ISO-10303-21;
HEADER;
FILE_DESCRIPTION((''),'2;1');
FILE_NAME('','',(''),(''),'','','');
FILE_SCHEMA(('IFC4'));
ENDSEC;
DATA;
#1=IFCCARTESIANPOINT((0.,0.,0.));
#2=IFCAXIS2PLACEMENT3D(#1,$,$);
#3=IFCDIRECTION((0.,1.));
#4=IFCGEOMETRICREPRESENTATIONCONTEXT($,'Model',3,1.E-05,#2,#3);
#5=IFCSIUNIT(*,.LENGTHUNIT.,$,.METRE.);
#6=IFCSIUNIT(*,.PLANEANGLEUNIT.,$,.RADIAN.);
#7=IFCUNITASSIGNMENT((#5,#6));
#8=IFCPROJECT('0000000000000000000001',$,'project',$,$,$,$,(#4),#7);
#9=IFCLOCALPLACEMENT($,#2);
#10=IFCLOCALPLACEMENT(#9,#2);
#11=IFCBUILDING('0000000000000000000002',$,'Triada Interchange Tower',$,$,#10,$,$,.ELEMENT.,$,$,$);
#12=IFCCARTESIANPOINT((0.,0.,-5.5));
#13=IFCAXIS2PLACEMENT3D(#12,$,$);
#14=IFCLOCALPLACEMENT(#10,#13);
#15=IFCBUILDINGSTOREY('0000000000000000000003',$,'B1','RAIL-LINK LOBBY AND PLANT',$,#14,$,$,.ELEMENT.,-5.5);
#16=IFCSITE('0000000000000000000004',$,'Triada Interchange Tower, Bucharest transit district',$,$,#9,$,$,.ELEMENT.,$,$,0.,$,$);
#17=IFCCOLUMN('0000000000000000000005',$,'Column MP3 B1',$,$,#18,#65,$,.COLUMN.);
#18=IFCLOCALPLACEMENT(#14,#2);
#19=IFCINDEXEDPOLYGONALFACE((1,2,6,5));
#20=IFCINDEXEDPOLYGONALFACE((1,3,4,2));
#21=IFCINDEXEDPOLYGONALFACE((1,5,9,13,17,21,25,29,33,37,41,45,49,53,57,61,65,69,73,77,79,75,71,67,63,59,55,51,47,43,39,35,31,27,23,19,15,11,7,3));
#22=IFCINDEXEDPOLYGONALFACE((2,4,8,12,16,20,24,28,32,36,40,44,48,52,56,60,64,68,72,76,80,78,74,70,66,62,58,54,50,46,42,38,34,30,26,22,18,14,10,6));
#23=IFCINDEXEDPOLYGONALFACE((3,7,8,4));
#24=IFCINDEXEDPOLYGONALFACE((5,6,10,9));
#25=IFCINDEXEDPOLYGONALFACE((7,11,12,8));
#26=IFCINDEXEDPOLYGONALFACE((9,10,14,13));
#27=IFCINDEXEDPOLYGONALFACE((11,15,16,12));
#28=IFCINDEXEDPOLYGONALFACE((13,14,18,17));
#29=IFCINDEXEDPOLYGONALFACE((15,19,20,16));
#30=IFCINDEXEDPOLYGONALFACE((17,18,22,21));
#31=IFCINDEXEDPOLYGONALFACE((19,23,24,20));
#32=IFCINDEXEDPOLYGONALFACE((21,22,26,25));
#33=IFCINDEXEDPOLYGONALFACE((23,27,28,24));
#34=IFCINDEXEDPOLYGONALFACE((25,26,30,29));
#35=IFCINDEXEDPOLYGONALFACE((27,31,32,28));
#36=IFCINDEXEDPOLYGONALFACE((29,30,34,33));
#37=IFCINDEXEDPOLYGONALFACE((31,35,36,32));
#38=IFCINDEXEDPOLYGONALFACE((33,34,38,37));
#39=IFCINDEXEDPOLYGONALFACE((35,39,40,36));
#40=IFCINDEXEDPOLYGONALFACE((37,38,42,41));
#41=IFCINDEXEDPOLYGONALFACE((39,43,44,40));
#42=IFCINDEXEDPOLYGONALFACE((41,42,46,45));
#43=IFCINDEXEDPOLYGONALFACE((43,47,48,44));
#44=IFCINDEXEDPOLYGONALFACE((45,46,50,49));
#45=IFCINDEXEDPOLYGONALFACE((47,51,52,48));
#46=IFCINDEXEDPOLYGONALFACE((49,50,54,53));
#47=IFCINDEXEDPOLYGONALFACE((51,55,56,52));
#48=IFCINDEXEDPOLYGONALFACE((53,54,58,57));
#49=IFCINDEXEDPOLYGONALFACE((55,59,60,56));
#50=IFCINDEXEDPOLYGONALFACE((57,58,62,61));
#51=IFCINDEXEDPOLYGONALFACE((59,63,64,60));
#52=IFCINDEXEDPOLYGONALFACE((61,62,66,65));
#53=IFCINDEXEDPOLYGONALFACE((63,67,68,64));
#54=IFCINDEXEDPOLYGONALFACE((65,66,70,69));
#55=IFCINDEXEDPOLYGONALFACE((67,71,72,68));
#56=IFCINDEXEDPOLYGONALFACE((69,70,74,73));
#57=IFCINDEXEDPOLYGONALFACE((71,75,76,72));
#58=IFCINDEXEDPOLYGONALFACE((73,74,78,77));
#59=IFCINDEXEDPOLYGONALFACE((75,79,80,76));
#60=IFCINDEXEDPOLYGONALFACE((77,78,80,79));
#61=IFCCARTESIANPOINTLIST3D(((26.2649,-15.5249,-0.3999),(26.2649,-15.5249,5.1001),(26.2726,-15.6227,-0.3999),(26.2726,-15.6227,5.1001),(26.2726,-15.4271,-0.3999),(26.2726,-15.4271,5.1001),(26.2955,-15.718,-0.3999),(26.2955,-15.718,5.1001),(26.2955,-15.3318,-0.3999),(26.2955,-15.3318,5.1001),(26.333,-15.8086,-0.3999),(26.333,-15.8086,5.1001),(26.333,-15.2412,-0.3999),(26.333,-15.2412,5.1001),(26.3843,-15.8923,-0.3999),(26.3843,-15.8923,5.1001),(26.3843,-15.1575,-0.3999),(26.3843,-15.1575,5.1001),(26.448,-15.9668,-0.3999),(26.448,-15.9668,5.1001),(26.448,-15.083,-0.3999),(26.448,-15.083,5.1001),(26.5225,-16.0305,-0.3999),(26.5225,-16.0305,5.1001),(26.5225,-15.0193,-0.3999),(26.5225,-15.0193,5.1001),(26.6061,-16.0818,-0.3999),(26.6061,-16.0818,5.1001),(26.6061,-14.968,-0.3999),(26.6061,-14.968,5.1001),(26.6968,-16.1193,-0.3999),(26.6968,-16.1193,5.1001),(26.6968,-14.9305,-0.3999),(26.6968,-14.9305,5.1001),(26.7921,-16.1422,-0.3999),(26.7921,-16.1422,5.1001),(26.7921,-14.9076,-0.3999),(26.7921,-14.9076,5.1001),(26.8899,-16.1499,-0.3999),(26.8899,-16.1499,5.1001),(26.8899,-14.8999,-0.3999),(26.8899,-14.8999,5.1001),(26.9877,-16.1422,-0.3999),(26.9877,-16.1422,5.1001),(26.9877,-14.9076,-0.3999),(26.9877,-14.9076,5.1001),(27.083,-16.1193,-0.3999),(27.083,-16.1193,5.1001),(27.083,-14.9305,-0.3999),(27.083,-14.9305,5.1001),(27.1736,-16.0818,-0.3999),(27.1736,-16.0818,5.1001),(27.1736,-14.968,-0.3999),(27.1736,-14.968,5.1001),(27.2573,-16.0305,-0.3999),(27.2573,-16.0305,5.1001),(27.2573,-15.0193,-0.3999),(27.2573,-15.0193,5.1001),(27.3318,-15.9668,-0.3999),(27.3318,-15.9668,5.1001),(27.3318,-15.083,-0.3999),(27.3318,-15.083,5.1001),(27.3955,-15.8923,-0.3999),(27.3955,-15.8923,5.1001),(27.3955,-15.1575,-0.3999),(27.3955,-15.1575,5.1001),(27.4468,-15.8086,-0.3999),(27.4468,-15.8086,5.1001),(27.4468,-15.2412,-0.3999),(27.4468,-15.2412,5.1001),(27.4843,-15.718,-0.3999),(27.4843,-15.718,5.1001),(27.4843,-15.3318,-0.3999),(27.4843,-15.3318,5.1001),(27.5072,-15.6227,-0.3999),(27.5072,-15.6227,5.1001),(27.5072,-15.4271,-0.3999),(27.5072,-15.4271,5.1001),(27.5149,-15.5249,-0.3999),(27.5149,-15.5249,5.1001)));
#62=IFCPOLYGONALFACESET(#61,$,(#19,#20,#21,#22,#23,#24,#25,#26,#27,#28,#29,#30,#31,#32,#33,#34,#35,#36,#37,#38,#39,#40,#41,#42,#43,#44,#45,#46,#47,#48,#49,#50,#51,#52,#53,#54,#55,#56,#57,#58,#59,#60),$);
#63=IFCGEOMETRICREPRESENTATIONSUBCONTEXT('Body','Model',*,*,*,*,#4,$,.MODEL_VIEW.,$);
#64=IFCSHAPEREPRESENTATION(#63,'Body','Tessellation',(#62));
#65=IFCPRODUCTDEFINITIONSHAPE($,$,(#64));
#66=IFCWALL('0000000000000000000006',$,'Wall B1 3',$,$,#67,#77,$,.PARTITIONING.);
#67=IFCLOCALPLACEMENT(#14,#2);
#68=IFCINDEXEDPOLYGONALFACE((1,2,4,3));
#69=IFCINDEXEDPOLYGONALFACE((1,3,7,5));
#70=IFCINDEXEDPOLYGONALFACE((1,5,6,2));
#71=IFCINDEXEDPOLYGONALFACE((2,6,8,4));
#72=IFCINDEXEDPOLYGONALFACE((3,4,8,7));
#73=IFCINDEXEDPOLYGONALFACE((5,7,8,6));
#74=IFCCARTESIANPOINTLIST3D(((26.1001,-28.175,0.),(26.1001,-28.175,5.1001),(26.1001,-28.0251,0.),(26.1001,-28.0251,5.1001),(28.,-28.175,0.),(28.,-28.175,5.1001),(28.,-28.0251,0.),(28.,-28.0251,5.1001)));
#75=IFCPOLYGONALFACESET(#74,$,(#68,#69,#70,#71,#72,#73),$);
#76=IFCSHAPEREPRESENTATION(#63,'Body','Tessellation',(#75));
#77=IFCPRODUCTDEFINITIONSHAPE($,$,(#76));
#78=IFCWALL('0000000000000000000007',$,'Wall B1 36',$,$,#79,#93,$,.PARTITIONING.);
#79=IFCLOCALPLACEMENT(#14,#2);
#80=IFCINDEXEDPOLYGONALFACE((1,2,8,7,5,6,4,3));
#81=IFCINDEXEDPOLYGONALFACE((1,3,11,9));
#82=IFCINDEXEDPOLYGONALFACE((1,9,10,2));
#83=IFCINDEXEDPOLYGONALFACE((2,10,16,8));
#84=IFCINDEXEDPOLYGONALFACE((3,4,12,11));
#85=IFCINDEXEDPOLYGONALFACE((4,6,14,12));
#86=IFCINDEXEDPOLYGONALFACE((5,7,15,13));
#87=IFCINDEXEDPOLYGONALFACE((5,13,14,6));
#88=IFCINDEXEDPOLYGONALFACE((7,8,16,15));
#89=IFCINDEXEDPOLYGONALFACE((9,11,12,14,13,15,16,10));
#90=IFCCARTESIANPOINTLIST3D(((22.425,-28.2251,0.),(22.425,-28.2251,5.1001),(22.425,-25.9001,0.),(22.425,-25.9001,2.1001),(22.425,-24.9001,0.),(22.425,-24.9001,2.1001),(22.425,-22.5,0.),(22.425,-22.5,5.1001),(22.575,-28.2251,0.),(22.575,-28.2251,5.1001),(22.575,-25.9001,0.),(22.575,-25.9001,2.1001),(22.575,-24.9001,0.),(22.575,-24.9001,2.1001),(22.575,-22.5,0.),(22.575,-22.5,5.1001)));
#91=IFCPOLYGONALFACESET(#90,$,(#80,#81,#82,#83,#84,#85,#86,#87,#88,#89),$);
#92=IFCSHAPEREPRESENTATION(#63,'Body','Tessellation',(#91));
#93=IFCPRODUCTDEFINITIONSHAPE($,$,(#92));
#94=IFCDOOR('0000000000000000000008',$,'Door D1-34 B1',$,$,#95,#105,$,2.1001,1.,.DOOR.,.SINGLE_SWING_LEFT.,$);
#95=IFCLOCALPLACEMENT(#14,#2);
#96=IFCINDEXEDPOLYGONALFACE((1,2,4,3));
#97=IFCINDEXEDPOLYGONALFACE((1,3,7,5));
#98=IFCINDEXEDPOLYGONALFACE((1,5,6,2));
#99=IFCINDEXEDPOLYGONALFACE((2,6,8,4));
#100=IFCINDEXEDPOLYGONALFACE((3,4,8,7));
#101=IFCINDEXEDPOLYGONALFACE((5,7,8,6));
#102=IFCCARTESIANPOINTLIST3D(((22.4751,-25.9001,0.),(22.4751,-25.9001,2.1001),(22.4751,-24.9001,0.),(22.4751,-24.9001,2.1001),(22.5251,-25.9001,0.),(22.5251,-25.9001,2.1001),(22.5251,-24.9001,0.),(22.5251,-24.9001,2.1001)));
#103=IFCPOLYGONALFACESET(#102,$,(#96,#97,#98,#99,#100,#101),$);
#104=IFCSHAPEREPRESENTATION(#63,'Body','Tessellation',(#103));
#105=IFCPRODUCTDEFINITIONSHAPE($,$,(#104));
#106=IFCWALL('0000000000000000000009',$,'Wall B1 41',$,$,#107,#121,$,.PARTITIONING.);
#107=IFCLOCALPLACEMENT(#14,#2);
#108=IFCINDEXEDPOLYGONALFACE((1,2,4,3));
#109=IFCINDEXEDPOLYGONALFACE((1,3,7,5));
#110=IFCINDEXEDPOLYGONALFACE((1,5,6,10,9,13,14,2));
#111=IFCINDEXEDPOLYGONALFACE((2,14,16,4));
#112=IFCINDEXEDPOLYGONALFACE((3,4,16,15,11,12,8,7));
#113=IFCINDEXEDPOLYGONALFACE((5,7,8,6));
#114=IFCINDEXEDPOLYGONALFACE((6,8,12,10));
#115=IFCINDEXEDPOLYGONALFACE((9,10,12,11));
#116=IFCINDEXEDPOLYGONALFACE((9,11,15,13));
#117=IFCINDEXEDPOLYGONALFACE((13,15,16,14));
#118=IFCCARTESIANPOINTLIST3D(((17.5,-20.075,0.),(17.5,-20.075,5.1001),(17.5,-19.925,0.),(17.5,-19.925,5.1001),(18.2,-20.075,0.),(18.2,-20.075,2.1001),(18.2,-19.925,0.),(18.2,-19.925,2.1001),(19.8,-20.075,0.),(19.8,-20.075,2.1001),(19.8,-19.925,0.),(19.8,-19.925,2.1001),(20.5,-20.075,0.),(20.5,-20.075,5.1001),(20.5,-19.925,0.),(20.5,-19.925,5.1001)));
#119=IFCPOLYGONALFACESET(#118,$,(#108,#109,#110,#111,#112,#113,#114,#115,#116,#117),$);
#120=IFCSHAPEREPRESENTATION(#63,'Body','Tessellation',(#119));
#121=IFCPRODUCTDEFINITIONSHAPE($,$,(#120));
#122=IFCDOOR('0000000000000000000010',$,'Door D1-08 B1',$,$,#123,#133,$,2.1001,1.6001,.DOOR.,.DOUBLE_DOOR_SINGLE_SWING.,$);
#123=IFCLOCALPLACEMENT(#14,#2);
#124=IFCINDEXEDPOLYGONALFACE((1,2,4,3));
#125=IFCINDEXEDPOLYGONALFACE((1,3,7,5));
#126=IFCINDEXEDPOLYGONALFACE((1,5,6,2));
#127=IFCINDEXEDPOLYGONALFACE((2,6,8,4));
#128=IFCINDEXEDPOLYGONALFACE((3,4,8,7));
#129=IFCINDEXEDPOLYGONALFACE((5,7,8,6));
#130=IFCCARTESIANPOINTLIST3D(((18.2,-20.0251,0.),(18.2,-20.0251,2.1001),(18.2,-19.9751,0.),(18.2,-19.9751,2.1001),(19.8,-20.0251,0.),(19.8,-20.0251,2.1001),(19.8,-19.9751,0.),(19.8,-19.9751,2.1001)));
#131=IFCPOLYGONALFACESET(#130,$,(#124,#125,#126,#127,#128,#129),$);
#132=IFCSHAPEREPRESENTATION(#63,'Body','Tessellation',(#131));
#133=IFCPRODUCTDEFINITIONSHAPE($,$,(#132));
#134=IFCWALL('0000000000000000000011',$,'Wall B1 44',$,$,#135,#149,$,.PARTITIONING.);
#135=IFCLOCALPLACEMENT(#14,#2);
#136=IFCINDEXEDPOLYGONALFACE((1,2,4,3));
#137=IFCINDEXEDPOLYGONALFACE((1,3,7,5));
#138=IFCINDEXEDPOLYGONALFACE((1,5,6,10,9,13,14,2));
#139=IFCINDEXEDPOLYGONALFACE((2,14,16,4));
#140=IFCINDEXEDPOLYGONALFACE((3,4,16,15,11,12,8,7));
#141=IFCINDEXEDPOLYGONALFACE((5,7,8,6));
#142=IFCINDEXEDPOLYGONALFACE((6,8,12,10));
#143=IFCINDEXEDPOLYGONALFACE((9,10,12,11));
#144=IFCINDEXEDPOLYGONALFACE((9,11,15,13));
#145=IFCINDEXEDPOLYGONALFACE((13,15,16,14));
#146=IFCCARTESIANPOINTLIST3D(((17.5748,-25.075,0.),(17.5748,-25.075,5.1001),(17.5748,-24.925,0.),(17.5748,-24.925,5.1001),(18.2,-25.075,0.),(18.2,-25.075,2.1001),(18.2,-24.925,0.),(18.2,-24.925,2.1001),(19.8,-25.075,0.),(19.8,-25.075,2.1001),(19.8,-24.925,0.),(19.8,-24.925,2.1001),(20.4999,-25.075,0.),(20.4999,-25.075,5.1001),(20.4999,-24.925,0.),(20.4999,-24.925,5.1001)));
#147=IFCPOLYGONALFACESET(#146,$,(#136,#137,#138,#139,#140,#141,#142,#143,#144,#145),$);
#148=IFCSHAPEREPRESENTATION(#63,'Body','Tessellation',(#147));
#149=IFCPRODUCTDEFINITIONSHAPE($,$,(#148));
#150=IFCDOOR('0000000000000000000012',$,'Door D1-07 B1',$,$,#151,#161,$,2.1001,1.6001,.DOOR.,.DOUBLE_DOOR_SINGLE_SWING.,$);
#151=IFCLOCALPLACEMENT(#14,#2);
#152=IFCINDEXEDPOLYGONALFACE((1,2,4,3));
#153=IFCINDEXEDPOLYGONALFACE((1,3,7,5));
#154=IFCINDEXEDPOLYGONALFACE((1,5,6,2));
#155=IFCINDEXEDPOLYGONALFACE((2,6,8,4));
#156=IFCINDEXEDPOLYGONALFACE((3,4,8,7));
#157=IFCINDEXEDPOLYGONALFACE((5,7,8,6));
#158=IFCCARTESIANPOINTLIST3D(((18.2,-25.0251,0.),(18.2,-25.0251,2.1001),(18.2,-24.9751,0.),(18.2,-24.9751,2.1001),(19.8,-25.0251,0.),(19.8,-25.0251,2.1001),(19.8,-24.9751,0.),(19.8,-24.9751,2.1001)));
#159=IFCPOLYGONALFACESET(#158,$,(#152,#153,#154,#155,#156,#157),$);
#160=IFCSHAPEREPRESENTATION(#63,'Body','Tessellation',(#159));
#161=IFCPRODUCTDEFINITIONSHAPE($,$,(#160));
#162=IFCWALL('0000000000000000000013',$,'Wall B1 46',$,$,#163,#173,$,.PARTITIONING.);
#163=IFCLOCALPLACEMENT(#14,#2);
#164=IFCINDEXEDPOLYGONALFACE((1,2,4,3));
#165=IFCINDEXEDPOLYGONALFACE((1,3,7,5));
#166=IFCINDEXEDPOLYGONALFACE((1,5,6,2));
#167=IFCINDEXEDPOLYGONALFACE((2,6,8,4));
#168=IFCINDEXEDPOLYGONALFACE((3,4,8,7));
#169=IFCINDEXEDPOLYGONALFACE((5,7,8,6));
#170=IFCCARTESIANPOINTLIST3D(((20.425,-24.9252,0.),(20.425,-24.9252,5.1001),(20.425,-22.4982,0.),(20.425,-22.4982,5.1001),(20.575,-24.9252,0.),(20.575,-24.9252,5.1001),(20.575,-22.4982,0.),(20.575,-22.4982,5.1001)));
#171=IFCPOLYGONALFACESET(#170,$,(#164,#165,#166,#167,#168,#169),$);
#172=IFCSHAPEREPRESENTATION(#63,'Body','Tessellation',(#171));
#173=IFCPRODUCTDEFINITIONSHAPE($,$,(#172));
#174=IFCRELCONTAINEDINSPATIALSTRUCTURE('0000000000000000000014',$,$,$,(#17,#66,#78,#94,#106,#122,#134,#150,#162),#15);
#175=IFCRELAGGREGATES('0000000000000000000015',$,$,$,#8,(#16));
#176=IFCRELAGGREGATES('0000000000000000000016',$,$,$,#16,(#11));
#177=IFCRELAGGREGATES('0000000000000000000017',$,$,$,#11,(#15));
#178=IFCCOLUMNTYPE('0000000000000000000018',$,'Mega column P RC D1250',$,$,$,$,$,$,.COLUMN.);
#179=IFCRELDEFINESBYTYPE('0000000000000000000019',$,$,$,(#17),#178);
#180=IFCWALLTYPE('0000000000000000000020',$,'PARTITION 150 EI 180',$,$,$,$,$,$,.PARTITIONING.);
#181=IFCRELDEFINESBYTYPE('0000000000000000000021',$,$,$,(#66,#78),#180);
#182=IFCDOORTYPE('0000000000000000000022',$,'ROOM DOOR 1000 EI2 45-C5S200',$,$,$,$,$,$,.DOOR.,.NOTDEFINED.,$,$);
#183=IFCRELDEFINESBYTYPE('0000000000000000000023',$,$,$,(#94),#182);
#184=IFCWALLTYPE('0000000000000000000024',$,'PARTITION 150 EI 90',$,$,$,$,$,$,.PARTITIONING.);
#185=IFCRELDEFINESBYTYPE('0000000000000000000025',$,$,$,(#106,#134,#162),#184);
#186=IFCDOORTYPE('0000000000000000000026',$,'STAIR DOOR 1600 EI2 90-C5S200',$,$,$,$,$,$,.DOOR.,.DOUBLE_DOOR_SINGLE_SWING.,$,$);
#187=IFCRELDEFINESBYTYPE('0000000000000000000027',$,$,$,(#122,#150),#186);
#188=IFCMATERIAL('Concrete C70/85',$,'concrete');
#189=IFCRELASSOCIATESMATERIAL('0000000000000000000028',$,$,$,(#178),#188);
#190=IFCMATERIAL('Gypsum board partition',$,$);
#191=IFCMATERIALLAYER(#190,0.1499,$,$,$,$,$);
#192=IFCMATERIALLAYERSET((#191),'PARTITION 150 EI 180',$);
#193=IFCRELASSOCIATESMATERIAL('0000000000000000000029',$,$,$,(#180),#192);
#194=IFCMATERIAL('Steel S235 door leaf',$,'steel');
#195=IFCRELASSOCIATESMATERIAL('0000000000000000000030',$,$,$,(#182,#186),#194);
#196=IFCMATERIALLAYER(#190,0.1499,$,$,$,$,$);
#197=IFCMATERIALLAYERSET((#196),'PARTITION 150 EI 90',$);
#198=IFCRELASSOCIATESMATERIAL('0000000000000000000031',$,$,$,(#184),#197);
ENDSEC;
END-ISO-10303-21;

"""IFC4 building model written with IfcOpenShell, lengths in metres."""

from ifc_helpers import new_model, si_unit, direction, frame, frame_2d, origin, origin_2d, place, context, subcontext, project, spatial, rectangle, circle, extrude, material, layer, layer_set, material_profile, profile_set, type_object, element, fill, save


model = new_model("IFC4")

# Units and contexts
model_context = context("Model", 3, precision=1e-05, world=origin(), true_north=direction((0.0, 1.0)))
body_context = subcontext(model_context, "Body", "Model", "MODEL_VIEW")
ifc_project = project(units=[si_unit("LENGTHUNIT", "METRE"), si_unit("PLANEANGLEUNIT", "RADIAN")], contexts=[model_context])

# Site, building, storey
site_placement = place(None, origin())
site = spatial("IfcSite", under=ifc_project, at=site_placement, Name="Triada Interchange Tower, Bucharest transit district", CompositionType="ELEMENT", RefElevation=0.0)
building_placement = place(site_placement, origin())
building = spatial("IfcBuilding", under=site, at=building_placement, Name="Triada Interchange Tower", CompositionType="ELEMENT")
storey_placement = place(building_placement, frame((0.0, 0.0, -5.5)))
storey = spatial("IfcBuildingStorey", under=building, at=storey_placement, Name="B1", Description="RAIL-LINK LOBBY AND PLANT", CompositionType="ELEMENT", Elevation=-5.5)

# Column
ifc_material_1 = material(Name="Concrete C70/85", Category="concrete")
ifc_material_profile_1 = material_profile(ifc_material_1, circle(Radius=0.625, at=origin_2d()), Name="RC D1250")
ifc_profile_set_1 = profile_set([ifc_material_profile_1], Name="Concrete C70/85")
column_type_1 = type_object("IfcColumnType", Name="Mega column P RC D1250", PredefinedType="COLUMN", material=ifc_profile_set_1)
column_1_placement = place(storey_placement, frame((26.8899, -15.5249, -0.3999), z_axis=(0.0, 0.0, 1.0), x_axis=(1.0, 0.0, 0.0)))
element("IfcColumn", 1, at=column_1_placement, inside=storey, type_object=column_type_1, Name="Column MP3 B1", PredefinedType="COLUMN", context=body_context, shape_type="SweptSolid", body=[
    extrude(circle(Radius=0.625, at=origin_2d()), origin(), (0.0, 0.0, 1.0), 5.5),
])

# Wall
ifc_material_2 = material(Name="Gypsum board partition")
ifc_layer_1 = layer(ifc_material_2, 0.1499)
ifc_layer_set_1 = layer_set([ifc_layer_1], Name="PARTITION 150 EI 180")
wall_type_1 = type_object("IfcWallType", Name="PARTITION 150 EI 180", PredefinedType="PARTITIONING", material=ifc_layer_set_1)
wall_1_placement = place(storey_placement, frame((26.1001, -28.1001, 0.0), z_axis=(0.0, 0.0, 1.0), x_axis=(1.0, 0.0, 0.0)))
element("IfcWall", 2, at=wall_1_placement, inside=storey, type_object=wall_type_1, Name="Wall B1 3", PredefinedType="PARTITIONING", context=body_context, shape_type="SweptSolid", body=[
    extrude(rectangle(XDim=1.8999, YDim=0.1499, at=frame_2d((0.95, 0.0))), origin(), (0.0, 0.0, 1.0), 5.1001),
])

# Walls, openings, doors
wall_2_placement = place(storey_placement, frame((22.5, -28.2251, 0.0), z_axis=(0.0, 0.0, 1.0), x_axis=(0.0, 1.0, 0.0)))
wall_2 = element("IfcWall", 3, at=wall_2_placement, inside=storey, type_object=wall_type_1, Name="Wall B1 36", PredefinedType="PARTITIONING", context=body_context, shape_type="SweptSolid", body=[
    extrude(rectangle(XDim=5.7251, YDim=0.1499, at=frame_2d((2.8625, 0.0))), origin(), (0.0, 0.0, 1.0), 5.1001),
])
opening_1_placement = place(wall_2_placement, frame((2.325, 0.0, 0.0)))
opening_1 = element("IfcOpeningElement", 4, at=opening_1_placement, cuts=wall_2, PredefinedType="OPENING", context=body_context, shape_type="SweptSolid", body=[
    extrude(rectangle(XDim=1.0, YDim=2.1001, at=frame_2d((0.5, 1.05))), frame((0.0, 0.085, 0.0), z_axis=(0.0, -1.0, 0.0), x_axis=(1.0, 0.0, 0.0)), (0.0, 0.0, 1.0), 0.1699),
])
ifc_material_3 = material(Name="Steel S235 door leaf", Category="steel")
door_type_1 = type_object("IfcDoorType", Name="ROOM DOOR 1000 EI2 45-C5S200", OperationType="NOTDEFINED", PredefinedType="DOOR", material=ifc_material_3)
door_1_placement = place(opening_1_placement, origin())
door_1 = element("IfcDoor", 5, at=door_1_placement, inside=storey, type_object=door_type_1, Name="Door D1-34 B1", OperationType="SINGLE_SWING_LEFT", OverallHeight=2.1001, OverallWidth=1.0, PredefinedType="DOOR", context=body_context, shape_type="SweptSolid", body=[
    extrude(rectangle(XDim=1.0, YDim=2.1001, at=frame_2d((0.5, 1.05))), frame((0.0, 0.0249, 0.0), z_axis=(0.0, -1.0, 0.0), x_axis=(1.0, 0.0, 0.0)), (0.0, 0.0, 1.0), 0.05),
])
fill(opening_1, door_1)
ifc_layer_2 = layer(ifc_material_2, 0.1499)
ifc_layer_set_2 = layer_set([ifc_layer_2], Name="PARTITION 150 EI 90")
wall_type_2 = type_object("IfcWallType", Name="PARTITION 150 EI 90", PredefinedType="PARTITIONING", material=ifc_layer_set_2)
wall_3_placement = place(storey_placement, frame((17.5, -20.0, 0.0), z_axis=(0.0, 0.0, 1.0), x_axis=(1.0, 0.0, 0.0)))
wall_3 = element("IfcWall", 6, at=wall_3_placement, inside=storey, type_object=wall_type_2, Name="Wall B1 41", PredefinedType="PARTITIONING", context=body_context, shape_type="SweptSolid", body=[
    extrude(rectangle(XDim=3.0, YDim=0.1499, at=frame_2d((1.5, 0.0))), origin(), (0.0, 0.0, 1.0), 5.1001),
])
opening_2_placement = place(wall_3_placement, frame((0.7, 0.0, 0.0)))
opening_2 = element("IfcOpeningElement", 7, at=opening_2_placement, cuts=wall_3, PredefinedType="OPENING", context=body_context, shape_type="SweptSolid", body=[
    extrude(rectangle(XDim=1.6001, YDim=2.1001, at=frame_2d((0.8, 1.05))), frame((0.0, 0.085, 0.0), z_axis=(0.0, -1.0, 0.0), x_axis=(1.0, 0.0, 0.0)), (0.0, 0.0, 1.0), 0.1699),
])
door_type_2 = type_object("IfcDoorType", Name="STAIR DOOR 1600 EI2 90-C5S200", OperationType="DOUBLE_DOOR_SINGLE_SWING", PredefinedType="DOOR", material=ifc_material_3)
door_2_placement = place(opening_2_placement, origin())
door_2 = element("IfcDoor", 8, at=door_2_placement, inside=storey, type_object=door_type_2, Name="Door D1-08 B1", OperationType="DOUBLE_DOOR_SINGLE_SWING", OverallHeight=2.1001, OverallWidth=1.6001, PredefinedType="DOOR", context=body_context, shape_type="SweptSolid", body=[
    extrude(rectangle(XDim=1.6001, YDim=2.1001, at=frame_2d((0.8, 1.05))), frame((0.0, 0.0249, 0.0), z_axis=(0.0, -1.0, 0.0), x_axis=(1.0, 0.0, 0.0)), (0.0, 0.0, 1.0), 0.05),
])
fill(opening_2, door_2)
wall_4_placement = place(storey_placement, frame((17.575, -25.0, 0.0), z_axis=(0.0, 0.0, 1.0), x_axis=(1.0, 0.0, 0.0)))
wall_4 = element("IfcWall", 9, at=wall_4_placement, inside=storey, type_object=wall_type_2, Name="Wall B1 44", PredefinedType="PARTITIONING", context=body_context, shape_type="SweptSolid", body=[
    extrude(rectangle(XDim=2.925, YDim=0.1499, at=frame_2d((1.4624, 0.0))), origin(), (0.0, 0.0, 1.0), 5.1001),
])
opening_3_placement = place(wall_4_placement, frame((0.625, 0.0, 0.0)))
opening_3 = element("IfcOpeningElement", 10, at=opening_3_placement, cuts=wall_4, PredefinedType="OPENING", context=body_context, shape_type="SweptSolid", body=[
    extrude(rectangle(XDim=1.6001, YDim=2.1001, at=frame_2d((0.8, 1.05))), frame((0.0, 0.085, 0.0), z_axis=(0.0, -1.0, 0.0), x_axis=(1.0, 0.0, 0.0)), (0.0, 0.0, 1.0), 0.1699),
])
door_3_placement = place(opening_3_placement, origin())
door_3 = element("IfcDoor", 11, at=door_3_placement, inside=storey, type_object=door_type_2, Name="Door D1-07 B1", OperationType="DOUBLE_DOOR_SINGLE_SWING", OverallHeight=2.1001, OverallWidth=1.6001, PredefinedType="DOOR", context=body_context, shape_type="SweptSolid", body=[
    extrude(rectangle(XDim=1.6001, YDim=2.1001, at=frame_2d((0.8, 1.05))), frame((0.0, 0.0249, 0.0), z_axis=(0.0, -1.0, 0.0), x_axis=(1.0, 0.0, 0.0)), (0.0, 0.0, 1.0), 0.05),
])
fill(opening_3, door_3)

# Wall
wall_5_placement = place(storey_placement, frame((20.5, -24.925, 0.0), z_axis=(0.0, 0.0, 1.0), x_axis=(0.0, 1.0, 0.0)))
element("IfcWall", 12, at=wall_5_placement, inside=storey, type_object=wall_type_2, Name="Wall B1 46", PredefinedType="PARTITIONING", context=body_context, shape_type="SweptSolid", body=[
    extrude(rectangle(XDim=2.427, YDim=0.1499, at=frame_2d((1.2134, 0.0))), origin(), (0.0, 0.0, 1.0), 5.1001),
])

save(model, "model.ifc")
